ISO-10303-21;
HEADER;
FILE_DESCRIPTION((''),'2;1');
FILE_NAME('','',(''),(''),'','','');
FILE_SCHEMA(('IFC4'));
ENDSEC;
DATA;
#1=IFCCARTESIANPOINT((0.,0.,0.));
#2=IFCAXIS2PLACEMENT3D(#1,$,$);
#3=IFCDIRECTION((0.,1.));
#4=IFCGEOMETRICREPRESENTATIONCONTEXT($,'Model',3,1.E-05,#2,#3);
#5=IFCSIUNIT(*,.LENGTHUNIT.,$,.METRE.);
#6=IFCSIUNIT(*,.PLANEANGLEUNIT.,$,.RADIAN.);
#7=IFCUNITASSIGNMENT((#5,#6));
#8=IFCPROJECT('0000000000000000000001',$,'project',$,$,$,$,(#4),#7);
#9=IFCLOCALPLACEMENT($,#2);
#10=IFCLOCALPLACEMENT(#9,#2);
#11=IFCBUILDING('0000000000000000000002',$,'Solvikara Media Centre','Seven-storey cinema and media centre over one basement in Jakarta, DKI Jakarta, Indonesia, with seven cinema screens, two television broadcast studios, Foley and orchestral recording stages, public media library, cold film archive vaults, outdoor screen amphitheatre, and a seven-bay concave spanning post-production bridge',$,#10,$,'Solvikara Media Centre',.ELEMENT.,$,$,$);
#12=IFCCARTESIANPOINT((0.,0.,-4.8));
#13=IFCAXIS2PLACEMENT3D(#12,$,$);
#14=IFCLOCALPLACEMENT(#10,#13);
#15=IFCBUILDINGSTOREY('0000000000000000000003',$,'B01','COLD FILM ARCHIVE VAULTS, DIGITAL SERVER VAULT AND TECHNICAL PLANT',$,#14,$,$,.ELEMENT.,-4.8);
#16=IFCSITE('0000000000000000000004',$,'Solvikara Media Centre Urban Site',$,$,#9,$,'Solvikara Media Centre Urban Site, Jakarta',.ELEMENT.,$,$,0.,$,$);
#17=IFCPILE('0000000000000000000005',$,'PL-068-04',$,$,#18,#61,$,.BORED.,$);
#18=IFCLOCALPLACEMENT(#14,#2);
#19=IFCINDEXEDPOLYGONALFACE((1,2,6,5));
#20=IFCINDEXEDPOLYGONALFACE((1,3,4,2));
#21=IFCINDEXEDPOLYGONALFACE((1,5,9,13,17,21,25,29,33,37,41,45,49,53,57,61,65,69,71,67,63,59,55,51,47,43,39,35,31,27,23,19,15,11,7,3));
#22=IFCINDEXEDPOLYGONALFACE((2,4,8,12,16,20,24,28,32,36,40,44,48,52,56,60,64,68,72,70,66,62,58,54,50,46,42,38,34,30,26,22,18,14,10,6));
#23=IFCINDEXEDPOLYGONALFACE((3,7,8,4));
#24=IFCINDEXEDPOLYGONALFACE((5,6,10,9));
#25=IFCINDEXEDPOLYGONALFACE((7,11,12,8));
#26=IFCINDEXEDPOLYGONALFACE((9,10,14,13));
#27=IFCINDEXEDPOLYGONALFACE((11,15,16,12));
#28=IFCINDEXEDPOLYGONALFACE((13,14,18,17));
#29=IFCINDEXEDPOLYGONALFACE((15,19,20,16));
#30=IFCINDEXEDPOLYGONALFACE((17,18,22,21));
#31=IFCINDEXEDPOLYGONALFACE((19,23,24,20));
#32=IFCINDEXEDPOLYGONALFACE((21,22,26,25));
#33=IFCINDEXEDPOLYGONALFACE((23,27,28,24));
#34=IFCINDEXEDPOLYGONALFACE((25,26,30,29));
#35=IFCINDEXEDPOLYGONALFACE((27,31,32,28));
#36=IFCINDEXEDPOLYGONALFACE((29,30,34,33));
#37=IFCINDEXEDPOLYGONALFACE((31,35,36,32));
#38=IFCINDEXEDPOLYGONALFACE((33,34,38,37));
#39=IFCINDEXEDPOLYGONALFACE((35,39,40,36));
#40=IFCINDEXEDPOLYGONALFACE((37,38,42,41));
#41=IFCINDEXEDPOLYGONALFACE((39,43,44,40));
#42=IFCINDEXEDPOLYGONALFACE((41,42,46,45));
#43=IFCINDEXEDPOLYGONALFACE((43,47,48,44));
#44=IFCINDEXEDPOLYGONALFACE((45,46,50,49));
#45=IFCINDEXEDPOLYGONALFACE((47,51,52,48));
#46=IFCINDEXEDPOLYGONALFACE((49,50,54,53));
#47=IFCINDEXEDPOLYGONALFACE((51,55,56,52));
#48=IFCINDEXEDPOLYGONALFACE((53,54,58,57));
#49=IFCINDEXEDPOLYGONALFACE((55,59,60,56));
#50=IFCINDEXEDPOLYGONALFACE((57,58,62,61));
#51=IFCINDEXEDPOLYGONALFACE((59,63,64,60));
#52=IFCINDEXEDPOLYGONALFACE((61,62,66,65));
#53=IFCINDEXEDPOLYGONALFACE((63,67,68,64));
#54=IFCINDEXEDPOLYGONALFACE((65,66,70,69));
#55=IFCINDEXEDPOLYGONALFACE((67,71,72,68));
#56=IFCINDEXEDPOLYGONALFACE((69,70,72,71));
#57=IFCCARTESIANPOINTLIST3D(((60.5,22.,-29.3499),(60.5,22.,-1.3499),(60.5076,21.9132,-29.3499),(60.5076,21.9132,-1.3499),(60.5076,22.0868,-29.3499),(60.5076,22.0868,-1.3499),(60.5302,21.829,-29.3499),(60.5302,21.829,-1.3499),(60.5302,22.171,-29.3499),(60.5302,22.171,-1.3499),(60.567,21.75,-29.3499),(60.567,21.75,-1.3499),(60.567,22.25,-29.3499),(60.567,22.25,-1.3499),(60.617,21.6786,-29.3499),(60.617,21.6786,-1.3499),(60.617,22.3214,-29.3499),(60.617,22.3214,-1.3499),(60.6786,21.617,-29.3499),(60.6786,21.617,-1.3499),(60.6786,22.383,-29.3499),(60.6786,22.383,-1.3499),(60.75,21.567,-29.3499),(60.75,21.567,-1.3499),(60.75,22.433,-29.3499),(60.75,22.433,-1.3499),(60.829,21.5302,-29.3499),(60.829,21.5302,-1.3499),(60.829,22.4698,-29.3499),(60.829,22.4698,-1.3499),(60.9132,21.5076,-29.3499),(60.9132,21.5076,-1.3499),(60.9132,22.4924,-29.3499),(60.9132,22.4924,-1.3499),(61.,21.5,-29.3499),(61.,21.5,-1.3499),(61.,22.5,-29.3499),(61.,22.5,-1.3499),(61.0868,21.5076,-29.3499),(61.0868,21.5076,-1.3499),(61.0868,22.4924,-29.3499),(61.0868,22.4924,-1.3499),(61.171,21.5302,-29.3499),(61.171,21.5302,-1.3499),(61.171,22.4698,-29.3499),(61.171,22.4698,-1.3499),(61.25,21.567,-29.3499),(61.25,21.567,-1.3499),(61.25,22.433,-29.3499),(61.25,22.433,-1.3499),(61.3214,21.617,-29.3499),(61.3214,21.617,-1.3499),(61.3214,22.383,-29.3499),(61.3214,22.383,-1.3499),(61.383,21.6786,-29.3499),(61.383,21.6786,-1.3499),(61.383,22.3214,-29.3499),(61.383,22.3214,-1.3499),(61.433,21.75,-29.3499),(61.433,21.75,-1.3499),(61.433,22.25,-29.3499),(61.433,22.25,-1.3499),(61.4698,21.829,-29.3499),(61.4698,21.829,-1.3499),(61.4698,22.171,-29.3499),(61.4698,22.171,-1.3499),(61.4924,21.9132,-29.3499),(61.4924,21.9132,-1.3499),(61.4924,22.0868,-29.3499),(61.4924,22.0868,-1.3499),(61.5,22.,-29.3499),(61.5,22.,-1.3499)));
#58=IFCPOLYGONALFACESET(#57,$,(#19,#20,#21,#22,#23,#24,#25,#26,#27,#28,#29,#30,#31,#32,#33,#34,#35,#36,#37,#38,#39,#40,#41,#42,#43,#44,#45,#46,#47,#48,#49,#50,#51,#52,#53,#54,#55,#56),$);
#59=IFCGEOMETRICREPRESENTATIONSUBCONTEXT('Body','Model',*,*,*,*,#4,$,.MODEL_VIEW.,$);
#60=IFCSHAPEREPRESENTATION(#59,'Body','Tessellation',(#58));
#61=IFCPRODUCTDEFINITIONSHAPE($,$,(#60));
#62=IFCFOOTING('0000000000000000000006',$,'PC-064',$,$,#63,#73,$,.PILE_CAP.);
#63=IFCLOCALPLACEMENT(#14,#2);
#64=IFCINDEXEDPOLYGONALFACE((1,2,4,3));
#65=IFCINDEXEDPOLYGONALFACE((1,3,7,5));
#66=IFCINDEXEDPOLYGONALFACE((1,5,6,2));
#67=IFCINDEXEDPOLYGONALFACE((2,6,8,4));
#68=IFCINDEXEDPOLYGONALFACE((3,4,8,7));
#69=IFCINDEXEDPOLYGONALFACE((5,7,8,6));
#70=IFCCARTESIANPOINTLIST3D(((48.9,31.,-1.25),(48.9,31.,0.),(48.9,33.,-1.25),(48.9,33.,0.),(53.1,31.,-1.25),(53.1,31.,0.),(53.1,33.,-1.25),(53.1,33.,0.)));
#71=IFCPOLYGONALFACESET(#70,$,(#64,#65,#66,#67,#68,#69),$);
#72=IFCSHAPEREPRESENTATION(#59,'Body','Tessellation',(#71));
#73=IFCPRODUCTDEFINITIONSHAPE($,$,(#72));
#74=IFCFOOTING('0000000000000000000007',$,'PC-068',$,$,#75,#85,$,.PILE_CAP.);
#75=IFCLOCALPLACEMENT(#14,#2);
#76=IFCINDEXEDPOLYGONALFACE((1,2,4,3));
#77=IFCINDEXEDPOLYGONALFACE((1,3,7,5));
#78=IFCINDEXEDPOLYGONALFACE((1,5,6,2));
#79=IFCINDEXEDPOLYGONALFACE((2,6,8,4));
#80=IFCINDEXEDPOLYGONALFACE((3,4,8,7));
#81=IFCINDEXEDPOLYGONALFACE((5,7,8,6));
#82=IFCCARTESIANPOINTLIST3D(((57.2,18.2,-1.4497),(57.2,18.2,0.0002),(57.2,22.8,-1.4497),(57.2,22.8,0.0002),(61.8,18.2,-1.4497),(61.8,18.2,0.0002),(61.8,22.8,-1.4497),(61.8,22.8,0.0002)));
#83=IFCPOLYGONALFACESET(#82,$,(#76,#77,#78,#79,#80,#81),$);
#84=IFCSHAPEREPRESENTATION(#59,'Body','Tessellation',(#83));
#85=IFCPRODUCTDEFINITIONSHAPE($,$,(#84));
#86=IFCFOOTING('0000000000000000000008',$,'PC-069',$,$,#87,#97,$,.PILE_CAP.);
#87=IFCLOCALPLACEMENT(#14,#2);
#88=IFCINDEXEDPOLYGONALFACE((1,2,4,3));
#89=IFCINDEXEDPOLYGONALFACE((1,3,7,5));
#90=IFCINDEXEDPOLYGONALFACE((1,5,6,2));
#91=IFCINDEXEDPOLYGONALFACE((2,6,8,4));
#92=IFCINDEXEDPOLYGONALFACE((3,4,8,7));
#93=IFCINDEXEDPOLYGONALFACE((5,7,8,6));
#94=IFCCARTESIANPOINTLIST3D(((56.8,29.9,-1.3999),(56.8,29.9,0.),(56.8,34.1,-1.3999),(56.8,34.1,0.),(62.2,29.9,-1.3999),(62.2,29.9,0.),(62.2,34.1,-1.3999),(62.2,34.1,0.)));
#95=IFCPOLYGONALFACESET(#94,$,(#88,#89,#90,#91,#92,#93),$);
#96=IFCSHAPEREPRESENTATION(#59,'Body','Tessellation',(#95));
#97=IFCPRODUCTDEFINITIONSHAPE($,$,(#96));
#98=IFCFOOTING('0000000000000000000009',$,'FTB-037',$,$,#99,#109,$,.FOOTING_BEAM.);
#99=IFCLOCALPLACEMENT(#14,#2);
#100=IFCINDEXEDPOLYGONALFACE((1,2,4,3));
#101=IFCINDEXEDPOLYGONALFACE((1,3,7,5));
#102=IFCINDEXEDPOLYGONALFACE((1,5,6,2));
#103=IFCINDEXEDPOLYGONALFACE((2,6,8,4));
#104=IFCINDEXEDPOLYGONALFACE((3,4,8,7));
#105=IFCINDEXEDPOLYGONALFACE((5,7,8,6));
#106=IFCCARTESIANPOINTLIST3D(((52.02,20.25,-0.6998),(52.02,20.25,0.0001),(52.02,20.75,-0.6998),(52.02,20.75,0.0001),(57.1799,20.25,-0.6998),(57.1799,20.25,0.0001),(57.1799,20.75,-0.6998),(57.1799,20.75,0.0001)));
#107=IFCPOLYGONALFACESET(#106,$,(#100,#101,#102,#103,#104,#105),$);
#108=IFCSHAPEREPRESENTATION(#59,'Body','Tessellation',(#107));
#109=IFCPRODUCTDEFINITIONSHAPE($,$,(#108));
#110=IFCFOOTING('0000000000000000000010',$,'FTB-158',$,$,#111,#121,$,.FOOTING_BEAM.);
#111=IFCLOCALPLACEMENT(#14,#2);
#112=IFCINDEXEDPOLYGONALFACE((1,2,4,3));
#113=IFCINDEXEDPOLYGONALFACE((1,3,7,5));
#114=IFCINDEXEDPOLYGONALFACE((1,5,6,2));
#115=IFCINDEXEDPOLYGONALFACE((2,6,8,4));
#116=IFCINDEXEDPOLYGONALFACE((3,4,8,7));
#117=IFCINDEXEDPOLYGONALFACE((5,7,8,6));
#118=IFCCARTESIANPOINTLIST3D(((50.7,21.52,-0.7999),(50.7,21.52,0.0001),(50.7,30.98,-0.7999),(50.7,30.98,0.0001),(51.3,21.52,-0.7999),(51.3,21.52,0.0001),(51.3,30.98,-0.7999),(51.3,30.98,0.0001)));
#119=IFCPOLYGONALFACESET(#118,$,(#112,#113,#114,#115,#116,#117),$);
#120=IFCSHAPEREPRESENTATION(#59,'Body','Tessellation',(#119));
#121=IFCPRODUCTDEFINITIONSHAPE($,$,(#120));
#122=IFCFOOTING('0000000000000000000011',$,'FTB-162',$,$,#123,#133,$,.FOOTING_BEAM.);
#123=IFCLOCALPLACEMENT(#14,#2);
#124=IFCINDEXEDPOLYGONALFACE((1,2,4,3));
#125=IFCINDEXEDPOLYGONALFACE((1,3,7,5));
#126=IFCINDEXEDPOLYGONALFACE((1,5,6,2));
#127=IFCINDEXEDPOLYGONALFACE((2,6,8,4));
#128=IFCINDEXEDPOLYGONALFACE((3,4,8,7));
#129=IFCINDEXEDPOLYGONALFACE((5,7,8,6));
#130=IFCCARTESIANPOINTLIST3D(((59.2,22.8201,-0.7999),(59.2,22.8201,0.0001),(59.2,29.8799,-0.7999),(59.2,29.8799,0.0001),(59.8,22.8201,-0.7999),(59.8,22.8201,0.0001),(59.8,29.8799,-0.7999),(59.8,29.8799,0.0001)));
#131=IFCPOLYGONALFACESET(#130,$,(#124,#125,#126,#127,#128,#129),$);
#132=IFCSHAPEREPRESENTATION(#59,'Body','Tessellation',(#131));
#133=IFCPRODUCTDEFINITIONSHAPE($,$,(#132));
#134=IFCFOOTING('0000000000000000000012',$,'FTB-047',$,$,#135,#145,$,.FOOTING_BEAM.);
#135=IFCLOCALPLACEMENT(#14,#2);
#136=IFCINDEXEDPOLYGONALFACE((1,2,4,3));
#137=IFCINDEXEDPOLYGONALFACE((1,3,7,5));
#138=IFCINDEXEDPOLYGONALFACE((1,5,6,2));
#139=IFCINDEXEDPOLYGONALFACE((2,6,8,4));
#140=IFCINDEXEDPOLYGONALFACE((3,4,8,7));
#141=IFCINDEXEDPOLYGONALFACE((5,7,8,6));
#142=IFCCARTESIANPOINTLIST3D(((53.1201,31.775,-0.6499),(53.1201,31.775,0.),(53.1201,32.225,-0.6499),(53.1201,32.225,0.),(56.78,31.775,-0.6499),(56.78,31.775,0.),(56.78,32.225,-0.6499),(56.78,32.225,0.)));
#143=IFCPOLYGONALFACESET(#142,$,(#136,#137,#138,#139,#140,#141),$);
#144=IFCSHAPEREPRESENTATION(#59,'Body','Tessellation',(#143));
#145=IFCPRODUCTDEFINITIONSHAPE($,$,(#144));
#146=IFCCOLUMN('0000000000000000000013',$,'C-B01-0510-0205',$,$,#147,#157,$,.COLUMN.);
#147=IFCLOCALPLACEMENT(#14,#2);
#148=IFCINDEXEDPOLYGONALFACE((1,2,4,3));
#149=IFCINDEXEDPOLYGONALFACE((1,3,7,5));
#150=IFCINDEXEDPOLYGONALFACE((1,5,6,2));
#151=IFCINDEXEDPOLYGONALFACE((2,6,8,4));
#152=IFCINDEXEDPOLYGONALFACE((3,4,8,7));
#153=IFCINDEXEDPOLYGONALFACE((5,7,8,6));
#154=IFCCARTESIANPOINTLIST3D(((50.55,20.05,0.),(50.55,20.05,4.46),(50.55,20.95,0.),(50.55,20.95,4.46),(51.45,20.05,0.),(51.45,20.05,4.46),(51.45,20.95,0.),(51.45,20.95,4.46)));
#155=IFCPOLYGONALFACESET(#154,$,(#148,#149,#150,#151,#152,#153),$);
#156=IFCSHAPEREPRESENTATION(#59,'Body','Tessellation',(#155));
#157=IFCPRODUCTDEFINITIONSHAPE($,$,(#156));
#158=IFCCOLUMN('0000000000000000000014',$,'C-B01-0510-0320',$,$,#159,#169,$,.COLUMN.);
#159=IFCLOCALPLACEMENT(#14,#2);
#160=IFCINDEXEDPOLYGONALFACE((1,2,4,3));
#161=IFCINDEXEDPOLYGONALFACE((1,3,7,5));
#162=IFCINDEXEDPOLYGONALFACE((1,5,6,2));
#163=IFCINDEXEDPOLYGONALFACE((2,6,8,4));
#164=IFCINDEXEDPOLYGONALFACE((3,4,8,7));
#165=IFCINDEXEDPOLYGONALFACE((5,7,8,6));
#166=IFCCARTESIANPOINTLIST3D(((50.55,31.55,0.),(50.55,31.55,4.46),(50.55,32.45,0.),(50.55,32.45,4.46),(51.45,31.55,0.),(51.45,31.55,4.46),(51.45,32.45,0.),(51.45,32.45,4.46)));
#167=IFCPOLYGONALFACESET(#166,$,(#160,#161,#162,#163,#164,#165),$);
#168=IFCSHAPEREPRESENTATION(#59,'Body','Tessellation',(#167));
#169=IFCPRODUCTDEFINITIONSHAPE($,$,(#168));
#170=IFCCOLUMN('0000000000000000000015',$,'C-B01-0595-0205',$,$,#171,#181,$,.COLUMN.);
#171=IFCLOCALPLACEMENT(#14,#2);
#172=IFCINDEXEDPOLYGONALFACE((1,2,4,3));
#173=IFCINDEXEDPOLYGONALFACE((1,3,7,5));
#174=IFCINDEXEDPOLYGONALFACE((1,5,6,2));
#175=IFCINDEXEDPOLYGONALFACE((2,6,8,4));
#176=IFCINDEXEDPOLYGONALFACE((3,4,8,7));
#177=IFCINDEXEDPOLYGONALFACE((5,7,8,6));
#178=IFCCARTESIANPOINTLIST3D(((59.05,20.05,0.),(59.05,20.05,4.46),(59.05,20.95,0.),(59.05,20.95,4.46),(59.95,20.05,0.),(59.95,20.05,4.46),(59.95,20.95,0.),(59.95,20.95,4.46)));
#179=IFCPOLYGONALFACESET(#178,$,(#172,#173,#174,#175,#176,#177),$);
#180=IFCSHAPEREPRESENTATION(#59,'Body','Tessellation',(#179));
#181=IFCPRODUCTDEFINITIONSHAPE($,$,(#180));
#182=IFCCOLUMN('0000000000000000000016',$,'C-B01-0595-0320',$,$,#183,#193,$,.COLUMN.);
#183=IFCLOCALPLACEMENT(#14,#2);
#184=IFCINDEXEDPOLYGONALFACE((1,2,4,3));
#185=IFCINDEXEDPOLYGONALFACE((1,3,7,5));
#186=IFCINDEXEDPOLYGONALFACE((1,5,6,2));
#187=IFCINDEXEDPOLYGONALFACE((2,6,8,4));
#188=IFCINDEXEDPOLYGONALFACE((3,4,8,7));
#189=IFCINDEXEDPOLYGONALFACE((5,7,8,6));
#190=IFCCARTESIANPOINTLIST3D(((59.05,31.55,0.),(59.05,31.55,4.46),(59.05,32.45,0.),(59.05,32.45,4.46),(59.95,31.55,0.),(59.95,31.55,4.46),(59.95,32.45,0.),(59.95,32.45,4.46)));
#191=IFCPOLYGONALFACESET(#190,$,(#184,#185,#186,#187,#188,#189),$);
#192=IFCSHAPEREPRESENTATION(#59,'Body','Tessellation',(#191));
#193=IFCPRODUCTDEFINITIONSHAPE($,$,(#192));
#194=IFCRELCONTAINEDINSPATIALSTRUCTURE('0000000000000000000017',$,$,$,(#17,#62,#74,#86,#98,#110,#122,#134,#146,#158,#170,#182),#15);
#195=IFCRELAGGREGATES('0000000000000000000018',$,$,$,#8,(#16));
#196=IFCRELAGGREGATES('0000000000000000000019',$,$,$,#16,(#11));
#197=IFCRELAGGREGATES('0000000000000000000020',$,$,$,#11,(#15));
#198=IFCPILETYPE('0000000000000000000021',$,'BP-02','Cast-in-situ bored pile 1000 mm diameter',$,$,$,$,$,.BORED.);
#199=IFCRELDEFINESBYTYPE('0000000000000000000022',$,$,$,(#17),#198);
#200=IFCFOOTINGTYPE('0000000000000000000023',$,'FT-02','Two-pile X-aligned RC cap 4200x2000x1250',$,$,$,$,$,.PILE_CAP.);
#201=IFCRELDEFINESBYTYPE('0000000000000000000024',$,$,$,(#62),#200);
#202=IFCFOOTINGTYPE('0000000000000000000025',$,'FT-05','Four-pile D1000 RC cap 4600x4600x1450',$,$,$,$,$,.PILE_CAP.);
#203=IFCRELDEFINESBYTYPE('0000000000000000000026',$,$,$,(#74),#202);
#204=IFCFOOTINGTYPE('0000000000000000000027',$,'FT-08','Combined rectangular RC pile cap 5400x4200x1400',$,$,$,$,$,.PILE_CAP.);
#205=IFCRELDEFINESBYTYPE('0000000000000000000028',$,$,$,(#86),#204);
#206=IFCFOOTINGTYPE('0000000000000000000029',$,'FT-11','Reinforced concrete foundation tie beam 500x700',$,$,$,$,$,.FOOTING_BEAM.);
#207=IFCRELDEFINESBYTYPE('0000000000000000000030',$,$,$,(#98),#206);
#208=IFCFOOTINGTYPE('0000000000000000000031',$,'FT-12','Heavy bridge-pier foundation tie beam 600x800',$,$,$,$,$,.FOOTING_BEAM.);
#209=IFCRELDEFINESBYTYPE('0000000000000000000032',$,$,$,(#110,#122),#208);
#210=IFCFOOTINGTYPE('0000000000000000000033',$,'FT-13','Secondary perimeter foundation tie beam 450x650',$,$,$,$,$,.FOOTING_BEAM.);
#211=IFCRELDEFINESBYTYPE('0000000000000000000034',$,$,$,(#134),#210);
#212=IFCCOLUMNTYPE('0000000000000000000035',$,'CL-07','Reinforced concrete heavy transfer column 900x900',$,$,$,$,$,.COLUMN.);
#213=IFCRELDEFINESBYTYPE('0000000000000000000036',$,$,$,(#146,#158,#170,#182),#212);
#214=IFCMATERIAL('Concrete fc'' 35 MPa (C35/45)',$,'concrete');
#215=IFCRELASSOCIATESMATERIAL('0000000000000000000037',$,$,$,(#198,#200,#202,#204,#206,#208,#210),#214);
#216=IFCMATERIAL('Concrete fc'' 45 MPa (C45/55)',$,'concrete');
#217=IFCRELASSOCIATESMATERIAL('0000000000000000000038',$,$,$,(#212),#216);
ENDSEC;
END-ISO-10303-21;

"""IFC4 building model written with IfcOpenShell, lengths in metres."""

from ifc_helpers import new_model, si_unit, direction, frame, origin, origin_2d, place, context, subcontext, project, spatial, rectangle, circle, extrude, material, material_profile, profile_set, type_object, element, save


model = new_model("IFC4")

# Units and contexts
model_context = context("Model", 3, precision=1e-05, world=origin(), true_north=direction((0.0, 1.0)))
body_context = subcontext(model_context, "Body", "Model", "MODEL_VIEW")
ifc_project = project(units=[si_unit("LENGTHUNIT", "METRE"), si_unit("PLANEANGLEUNIT", "RADIAN")], contexts=[model_context])

# Site, building, storey
site_placement = place(None, origin())
site = spatial("IfcSite", under=ifc_project, at=site_placement, Name="Solvikara Media Centre Urban Site", LongName="Solvikara Media Centre Urban Site, Jakarta", CompositionType="ELEMENT", RefElevation=0.0)
building_placement = place(site_placement, origin())
building = spatial("IfcBuilding", under=site, at=building_placement, Name="Solvikara Media Centre", Description="Seven-storey cinema and media centre over one basement in Jakarta, DKI Jakarta, Indonesia, with seven cinema screens, two television broadcast studios, Foley and orchestral recording stages, public media library, cold film archive vaults, outdoor screen amphitheatre, and a seven-bay concave spanning post-production bridge", LongName="Solvikara Media Centre", CompositionType="ELEMENT")
storey_placement = place(building_placement, frame((0.0, 0.0, -4.8)))
storey = spatial("IfcBuildingStorey", under=building, at=storey_placement, Name="B01", Description="COLD FILM ARCHIVE VAULTS, DIGITAL SERVER VAULT AND TECHNICAL PLANT", CompositionType="ELEMENT", Elevation=-4.8)

# Pile
ifc_material_1 = material(Name="Concrete fc' 35 MPa (C35/45)", Category="concrete")
ifc_material_profile_1 = material_profile(ifc_material_1, circle(Radius=0.5, at=origin_2d()), Name="BORED PILE D1000")
ifc_profile_set_1 = profile_set([ifc_material_profile_1], Name="Concrete fc' 35 MPa (C35/45)")
pile_type_1 = type_object("IfcPileType", Name="BP-02", Description="Cast-in-situ bored pile 1000 mm diameter", PredefinedType="BORED", material=ifc_profile_set_1)
for number, where, z_axis, x_axis, name in (
    (1, (61.0, 22.0, -1.3499), (0.0, 0.0, -1.0), (1.0, 0.0, 0.0), "PL-068-04"),
):
    element("IfcPile", number, at=place(storey_placement, frame(where, z_axis=z_axis, x_axis=x_axis)), inside=storey, type_object=pile_type_1, Name=name, PredefinedType="BORED", context=body_context, shape_type="SweptSolid", body=[
        extrude(circle(Radius=0.5, at=origin_2d()), origin(), (0.0, 0.0, 1.0), 28.0),
    ])

# Footings
footing_type_1 = type_object("IfcFootingType", Name="FT-02", Description="Two-pile X-aligned RC cap 4200x2000x1250", PredefinedType="PILE_CAP", material=ifc_material_1)
footing_1_placement = place(storey_placement, frame((51.0, 32.0, -1.25), z_axis=(0.0, 0.0, 1.0), x_axis=(1.0, 0.0, 0.0)))
element("IfcFooting", 2, at=footing_1_placement, inside=storey, type_object=footing_type_1, Name="PC-064", PredefinedType="PILE_CAP", context=body_context, shape_type="SweptSolid", body=[
    extrude(rectangle(XDim=4.2, YDim=2.0, at=origin_2d()), origin(), (0.0, 0.0, 1.0), 1.25),
])
footing_type_2 = type_object("IfcFootingType", Name="FT-05", Description="Four-pile D1000 RC cap 4600x4600x1450", PredefinedType="PILE_CAP", material=ifc_material_1)
footing_2_placement = place(storey_placement, frame((59.5, 20.5, -1.4497), z_axis=(0.0, 0.0, 1.0), x_axis=(1.0, 0.0, 0.0)))
element("IfcFooting", 3, at=footing_2_placement, inside=storey, type_object=footing_type_2, Name="PC-068", PredefinedType="PILE_CAP", context=body_context, shape_type="SweptSolid", body=[
    extrude(rectangle(XDim=4.6001, YDim=4.6001, at=origin_2d()), origin(), (0.0, 0.0, 1.0), 1.45),
])
footing_type_3 = type_object("IfcFootingType", Name="FT-08", Description="Combined rectangular RC pile cap 5400x4200x1400", PredefinedType="PILE_CAP", material=ifc_material_1)
footing_3_placement = place(storey_placement, frame((59.5, 32.0, -1.3999), z_axis=(0.0, 0.0, 1.0), x_axis=(1.0, 0.0, 0.0)))
element("IfcFooting", 4, at=footing_3_placement, inside=storey, type_object=footing_type_3, Name="PC-069", PredefinedType="PILE_CAP", context=body_context, shape_type="SweptSolid", body=[
    extrude(rectangle(XDim=5.3999, YDim=4.2, at=origin_2d()), origin(), (0.0, 0.0, 1.0), 1.3999),
])
ifc_material_profile_2 = material_profile(ifc_material_1, rectangle(XDim=0.5, YDim=0.7, at=origin_2d()), Name="RC 500x700")
ifc_profile_set_2 = profile_set([ifc_material_profile_2], Name="Concrete fc' 35 MPa (C35/45)")
footing_type_4 = type_object("IfcFootingType", Name="FT-11", Description="Reinforced concrete foundation tie beam 500x700", PredefinedType="FOOTING_BEAM", material=ifc_profile_set_2)
footing_4_placement = place(storey_placement, frame((52.02, 20.5, -0.3499), z_axis=(1.0, 0.0, 0.0), x_axis=(0.0, 1.0, 0.0)))
element("IfcFooting", 5, at=footing_4_placement, inside=storey, type_object=footing_type_4, Name="FTB-037", PredefinedType="FOOTING_BEAM", context=body_context, shape_type="SweptSolid", body=[
    extrude(rectangle(XDim=0.5, YDim=0.7, at=origin_2d()), origin(), (0.0, 0.0, 1.0), 5.1599),
])
ifc_material_profile_3 = material_profile(ifc_material_1, rectangle(XDim=0.6001, YDim=0.8, at=origin_2d()), Name="RC 600x800")
ifc_profile_set_3 = profile_set([ifc_material_profile_3], Name="Concrete fc' 35 MPa (C35/45)")
footing_type_5 = type_object("IfcFootingType", Name="FT-12", Description="Heavy bridge-pier foundation tie beam 600x800", PredefinedType="FOOTING_BEAM", material=ifc_profile_set_3)
footing_5_placement = place(storey_placement, frame((51.0, 21.52, -0.3999), z_axis=(0.0, 1.0, 0.0), x_axis=(-1.0, 0.0, 0.0)))
element("IfcFooting", 6, at=footing_5_placement, inside=storey, type_object=footing_type_5, Name="FTB-158", PredefinedType="FOOTING_BEAM", context=body_context, shape_type="SweptSolid", body=[
    extrude(rectangle(XDim=0.6001, YDim=0.8, at=origin_2d()), origin(), (0.0, 0.0, 1.0), 9.46),
])
footing_6_placement = place(storey_placement, frame((59.5, 22.8201, -0.3999), z_axis=(0.0, 1.0, 0.0), x_axis=(-1.0, 0.0, 0.0)))
element("IfcFooting", 7, at=footing_6_placement, inside=storey, type_object=footing_type_5, Name="FTB-162", PredefinedType="FOOTING_BEAM", context=body_context, shape_type="SweptSolid", body=[
    extrude(rectangle(XDim=0.6001, YDim=0.8, at=origin_2d()), origin(), (0.0, 0.0, 1.0), 7.0598),
])
ifc_material_profile_4 = material_profile(ifc_material_1, rectangle(XDim=0.45, YDim=0.6499, at=origin_2d()), Name="RC 450x650")
ifc_profile_set_4 = profile_set([ifc_material_profile_4], Name="Concrete fc' 35 MPa (C35/45)")
footing_type_6 = type_object("IfcFootingType", Name="FT-13", Description="Secondary perimeter foundation tie beam 450x650", PredefinedType="FOOTING_BEAM", material=ifc_profile_set_4)
footing_7_placement = place(storey_placement, frame((53.1201, 32.0, -0.325), z_axis=(1.0, 0.0, 0.0), x_axis=(0.0, 1.0, 0.0)))
element("IfcFooting", 8, at=footing_7_placement, inside=storey, type_object=footing_type_6, Name="FTB-047", PredefinedType="FOOTING_BEAM", context=body_context, shape_type="SweptSolid", body=[
    extrude(rectangle(XDim=0.45, YDim=0.6499, at=origin_2d()), origin(), (0.0, 0.0, 1.0), 3.6599),
])

# Columns
ifc_material_2 = material(Name="Concrete fc' 45 MPa (C45/55)", Category="concrete")
ifc_material_profile_5 = material_profile(ifc_material_2, rectangle(XDim=0.8999, YDim=0.8999, at=origin_2d()), Name="RC 900x900")
ifc_profile_set_5 = profile_set([ifc_material_profile_5], Name="Concrete fc' 45 MPa (C45/55)")
column_type = type_object("IfcColumnType", Name="CL-07", Description="Reinforced concrete heavy transfer column 900x900", PredefinedType="COLUMN", material=ifc_profile_set_5)
for number, where, z_axis, x_axis, name in (
    (9, (51.0, 20.5, 0.0), (0.0, 0.0, 1.0), (1.0, 0.0, 0.0), "C-B01-0510-0205"),
    (10, (51.0, 32.0, 0.0), (0.0, 0.0, 1.0), (1.0, 0.0, 0.0), "C-B01-0510-0320"),
    (11, (59.5, 20.5, 0.0), (0.0, 0.0, 1.0), (1.0, 0.0, 0.0), "C-B01-0595-0205"),
    (12, (59.5, 32.0, 0.0), (0.0, 0.0, 1.0), (1.0, 0.0, 0.0), "C-B01-0595-0320"),
):
    element("IfcColumn", number, at=place(storey_placement, frame(where, z_axis=z_axis, x_axis=x_axis)), inside=storey, type_object=column_type, Name=name, PredefinedType="COLUMN", context=body_context, shape_type="SweptSolid", body=[
        extrude(rectangle(XDim=0.8999, YDim=0.8999, at=origin_2d()), origin(), (0.0, 0.0, 1.0), 4.46),
    ])

save(model, "model.ifc")
